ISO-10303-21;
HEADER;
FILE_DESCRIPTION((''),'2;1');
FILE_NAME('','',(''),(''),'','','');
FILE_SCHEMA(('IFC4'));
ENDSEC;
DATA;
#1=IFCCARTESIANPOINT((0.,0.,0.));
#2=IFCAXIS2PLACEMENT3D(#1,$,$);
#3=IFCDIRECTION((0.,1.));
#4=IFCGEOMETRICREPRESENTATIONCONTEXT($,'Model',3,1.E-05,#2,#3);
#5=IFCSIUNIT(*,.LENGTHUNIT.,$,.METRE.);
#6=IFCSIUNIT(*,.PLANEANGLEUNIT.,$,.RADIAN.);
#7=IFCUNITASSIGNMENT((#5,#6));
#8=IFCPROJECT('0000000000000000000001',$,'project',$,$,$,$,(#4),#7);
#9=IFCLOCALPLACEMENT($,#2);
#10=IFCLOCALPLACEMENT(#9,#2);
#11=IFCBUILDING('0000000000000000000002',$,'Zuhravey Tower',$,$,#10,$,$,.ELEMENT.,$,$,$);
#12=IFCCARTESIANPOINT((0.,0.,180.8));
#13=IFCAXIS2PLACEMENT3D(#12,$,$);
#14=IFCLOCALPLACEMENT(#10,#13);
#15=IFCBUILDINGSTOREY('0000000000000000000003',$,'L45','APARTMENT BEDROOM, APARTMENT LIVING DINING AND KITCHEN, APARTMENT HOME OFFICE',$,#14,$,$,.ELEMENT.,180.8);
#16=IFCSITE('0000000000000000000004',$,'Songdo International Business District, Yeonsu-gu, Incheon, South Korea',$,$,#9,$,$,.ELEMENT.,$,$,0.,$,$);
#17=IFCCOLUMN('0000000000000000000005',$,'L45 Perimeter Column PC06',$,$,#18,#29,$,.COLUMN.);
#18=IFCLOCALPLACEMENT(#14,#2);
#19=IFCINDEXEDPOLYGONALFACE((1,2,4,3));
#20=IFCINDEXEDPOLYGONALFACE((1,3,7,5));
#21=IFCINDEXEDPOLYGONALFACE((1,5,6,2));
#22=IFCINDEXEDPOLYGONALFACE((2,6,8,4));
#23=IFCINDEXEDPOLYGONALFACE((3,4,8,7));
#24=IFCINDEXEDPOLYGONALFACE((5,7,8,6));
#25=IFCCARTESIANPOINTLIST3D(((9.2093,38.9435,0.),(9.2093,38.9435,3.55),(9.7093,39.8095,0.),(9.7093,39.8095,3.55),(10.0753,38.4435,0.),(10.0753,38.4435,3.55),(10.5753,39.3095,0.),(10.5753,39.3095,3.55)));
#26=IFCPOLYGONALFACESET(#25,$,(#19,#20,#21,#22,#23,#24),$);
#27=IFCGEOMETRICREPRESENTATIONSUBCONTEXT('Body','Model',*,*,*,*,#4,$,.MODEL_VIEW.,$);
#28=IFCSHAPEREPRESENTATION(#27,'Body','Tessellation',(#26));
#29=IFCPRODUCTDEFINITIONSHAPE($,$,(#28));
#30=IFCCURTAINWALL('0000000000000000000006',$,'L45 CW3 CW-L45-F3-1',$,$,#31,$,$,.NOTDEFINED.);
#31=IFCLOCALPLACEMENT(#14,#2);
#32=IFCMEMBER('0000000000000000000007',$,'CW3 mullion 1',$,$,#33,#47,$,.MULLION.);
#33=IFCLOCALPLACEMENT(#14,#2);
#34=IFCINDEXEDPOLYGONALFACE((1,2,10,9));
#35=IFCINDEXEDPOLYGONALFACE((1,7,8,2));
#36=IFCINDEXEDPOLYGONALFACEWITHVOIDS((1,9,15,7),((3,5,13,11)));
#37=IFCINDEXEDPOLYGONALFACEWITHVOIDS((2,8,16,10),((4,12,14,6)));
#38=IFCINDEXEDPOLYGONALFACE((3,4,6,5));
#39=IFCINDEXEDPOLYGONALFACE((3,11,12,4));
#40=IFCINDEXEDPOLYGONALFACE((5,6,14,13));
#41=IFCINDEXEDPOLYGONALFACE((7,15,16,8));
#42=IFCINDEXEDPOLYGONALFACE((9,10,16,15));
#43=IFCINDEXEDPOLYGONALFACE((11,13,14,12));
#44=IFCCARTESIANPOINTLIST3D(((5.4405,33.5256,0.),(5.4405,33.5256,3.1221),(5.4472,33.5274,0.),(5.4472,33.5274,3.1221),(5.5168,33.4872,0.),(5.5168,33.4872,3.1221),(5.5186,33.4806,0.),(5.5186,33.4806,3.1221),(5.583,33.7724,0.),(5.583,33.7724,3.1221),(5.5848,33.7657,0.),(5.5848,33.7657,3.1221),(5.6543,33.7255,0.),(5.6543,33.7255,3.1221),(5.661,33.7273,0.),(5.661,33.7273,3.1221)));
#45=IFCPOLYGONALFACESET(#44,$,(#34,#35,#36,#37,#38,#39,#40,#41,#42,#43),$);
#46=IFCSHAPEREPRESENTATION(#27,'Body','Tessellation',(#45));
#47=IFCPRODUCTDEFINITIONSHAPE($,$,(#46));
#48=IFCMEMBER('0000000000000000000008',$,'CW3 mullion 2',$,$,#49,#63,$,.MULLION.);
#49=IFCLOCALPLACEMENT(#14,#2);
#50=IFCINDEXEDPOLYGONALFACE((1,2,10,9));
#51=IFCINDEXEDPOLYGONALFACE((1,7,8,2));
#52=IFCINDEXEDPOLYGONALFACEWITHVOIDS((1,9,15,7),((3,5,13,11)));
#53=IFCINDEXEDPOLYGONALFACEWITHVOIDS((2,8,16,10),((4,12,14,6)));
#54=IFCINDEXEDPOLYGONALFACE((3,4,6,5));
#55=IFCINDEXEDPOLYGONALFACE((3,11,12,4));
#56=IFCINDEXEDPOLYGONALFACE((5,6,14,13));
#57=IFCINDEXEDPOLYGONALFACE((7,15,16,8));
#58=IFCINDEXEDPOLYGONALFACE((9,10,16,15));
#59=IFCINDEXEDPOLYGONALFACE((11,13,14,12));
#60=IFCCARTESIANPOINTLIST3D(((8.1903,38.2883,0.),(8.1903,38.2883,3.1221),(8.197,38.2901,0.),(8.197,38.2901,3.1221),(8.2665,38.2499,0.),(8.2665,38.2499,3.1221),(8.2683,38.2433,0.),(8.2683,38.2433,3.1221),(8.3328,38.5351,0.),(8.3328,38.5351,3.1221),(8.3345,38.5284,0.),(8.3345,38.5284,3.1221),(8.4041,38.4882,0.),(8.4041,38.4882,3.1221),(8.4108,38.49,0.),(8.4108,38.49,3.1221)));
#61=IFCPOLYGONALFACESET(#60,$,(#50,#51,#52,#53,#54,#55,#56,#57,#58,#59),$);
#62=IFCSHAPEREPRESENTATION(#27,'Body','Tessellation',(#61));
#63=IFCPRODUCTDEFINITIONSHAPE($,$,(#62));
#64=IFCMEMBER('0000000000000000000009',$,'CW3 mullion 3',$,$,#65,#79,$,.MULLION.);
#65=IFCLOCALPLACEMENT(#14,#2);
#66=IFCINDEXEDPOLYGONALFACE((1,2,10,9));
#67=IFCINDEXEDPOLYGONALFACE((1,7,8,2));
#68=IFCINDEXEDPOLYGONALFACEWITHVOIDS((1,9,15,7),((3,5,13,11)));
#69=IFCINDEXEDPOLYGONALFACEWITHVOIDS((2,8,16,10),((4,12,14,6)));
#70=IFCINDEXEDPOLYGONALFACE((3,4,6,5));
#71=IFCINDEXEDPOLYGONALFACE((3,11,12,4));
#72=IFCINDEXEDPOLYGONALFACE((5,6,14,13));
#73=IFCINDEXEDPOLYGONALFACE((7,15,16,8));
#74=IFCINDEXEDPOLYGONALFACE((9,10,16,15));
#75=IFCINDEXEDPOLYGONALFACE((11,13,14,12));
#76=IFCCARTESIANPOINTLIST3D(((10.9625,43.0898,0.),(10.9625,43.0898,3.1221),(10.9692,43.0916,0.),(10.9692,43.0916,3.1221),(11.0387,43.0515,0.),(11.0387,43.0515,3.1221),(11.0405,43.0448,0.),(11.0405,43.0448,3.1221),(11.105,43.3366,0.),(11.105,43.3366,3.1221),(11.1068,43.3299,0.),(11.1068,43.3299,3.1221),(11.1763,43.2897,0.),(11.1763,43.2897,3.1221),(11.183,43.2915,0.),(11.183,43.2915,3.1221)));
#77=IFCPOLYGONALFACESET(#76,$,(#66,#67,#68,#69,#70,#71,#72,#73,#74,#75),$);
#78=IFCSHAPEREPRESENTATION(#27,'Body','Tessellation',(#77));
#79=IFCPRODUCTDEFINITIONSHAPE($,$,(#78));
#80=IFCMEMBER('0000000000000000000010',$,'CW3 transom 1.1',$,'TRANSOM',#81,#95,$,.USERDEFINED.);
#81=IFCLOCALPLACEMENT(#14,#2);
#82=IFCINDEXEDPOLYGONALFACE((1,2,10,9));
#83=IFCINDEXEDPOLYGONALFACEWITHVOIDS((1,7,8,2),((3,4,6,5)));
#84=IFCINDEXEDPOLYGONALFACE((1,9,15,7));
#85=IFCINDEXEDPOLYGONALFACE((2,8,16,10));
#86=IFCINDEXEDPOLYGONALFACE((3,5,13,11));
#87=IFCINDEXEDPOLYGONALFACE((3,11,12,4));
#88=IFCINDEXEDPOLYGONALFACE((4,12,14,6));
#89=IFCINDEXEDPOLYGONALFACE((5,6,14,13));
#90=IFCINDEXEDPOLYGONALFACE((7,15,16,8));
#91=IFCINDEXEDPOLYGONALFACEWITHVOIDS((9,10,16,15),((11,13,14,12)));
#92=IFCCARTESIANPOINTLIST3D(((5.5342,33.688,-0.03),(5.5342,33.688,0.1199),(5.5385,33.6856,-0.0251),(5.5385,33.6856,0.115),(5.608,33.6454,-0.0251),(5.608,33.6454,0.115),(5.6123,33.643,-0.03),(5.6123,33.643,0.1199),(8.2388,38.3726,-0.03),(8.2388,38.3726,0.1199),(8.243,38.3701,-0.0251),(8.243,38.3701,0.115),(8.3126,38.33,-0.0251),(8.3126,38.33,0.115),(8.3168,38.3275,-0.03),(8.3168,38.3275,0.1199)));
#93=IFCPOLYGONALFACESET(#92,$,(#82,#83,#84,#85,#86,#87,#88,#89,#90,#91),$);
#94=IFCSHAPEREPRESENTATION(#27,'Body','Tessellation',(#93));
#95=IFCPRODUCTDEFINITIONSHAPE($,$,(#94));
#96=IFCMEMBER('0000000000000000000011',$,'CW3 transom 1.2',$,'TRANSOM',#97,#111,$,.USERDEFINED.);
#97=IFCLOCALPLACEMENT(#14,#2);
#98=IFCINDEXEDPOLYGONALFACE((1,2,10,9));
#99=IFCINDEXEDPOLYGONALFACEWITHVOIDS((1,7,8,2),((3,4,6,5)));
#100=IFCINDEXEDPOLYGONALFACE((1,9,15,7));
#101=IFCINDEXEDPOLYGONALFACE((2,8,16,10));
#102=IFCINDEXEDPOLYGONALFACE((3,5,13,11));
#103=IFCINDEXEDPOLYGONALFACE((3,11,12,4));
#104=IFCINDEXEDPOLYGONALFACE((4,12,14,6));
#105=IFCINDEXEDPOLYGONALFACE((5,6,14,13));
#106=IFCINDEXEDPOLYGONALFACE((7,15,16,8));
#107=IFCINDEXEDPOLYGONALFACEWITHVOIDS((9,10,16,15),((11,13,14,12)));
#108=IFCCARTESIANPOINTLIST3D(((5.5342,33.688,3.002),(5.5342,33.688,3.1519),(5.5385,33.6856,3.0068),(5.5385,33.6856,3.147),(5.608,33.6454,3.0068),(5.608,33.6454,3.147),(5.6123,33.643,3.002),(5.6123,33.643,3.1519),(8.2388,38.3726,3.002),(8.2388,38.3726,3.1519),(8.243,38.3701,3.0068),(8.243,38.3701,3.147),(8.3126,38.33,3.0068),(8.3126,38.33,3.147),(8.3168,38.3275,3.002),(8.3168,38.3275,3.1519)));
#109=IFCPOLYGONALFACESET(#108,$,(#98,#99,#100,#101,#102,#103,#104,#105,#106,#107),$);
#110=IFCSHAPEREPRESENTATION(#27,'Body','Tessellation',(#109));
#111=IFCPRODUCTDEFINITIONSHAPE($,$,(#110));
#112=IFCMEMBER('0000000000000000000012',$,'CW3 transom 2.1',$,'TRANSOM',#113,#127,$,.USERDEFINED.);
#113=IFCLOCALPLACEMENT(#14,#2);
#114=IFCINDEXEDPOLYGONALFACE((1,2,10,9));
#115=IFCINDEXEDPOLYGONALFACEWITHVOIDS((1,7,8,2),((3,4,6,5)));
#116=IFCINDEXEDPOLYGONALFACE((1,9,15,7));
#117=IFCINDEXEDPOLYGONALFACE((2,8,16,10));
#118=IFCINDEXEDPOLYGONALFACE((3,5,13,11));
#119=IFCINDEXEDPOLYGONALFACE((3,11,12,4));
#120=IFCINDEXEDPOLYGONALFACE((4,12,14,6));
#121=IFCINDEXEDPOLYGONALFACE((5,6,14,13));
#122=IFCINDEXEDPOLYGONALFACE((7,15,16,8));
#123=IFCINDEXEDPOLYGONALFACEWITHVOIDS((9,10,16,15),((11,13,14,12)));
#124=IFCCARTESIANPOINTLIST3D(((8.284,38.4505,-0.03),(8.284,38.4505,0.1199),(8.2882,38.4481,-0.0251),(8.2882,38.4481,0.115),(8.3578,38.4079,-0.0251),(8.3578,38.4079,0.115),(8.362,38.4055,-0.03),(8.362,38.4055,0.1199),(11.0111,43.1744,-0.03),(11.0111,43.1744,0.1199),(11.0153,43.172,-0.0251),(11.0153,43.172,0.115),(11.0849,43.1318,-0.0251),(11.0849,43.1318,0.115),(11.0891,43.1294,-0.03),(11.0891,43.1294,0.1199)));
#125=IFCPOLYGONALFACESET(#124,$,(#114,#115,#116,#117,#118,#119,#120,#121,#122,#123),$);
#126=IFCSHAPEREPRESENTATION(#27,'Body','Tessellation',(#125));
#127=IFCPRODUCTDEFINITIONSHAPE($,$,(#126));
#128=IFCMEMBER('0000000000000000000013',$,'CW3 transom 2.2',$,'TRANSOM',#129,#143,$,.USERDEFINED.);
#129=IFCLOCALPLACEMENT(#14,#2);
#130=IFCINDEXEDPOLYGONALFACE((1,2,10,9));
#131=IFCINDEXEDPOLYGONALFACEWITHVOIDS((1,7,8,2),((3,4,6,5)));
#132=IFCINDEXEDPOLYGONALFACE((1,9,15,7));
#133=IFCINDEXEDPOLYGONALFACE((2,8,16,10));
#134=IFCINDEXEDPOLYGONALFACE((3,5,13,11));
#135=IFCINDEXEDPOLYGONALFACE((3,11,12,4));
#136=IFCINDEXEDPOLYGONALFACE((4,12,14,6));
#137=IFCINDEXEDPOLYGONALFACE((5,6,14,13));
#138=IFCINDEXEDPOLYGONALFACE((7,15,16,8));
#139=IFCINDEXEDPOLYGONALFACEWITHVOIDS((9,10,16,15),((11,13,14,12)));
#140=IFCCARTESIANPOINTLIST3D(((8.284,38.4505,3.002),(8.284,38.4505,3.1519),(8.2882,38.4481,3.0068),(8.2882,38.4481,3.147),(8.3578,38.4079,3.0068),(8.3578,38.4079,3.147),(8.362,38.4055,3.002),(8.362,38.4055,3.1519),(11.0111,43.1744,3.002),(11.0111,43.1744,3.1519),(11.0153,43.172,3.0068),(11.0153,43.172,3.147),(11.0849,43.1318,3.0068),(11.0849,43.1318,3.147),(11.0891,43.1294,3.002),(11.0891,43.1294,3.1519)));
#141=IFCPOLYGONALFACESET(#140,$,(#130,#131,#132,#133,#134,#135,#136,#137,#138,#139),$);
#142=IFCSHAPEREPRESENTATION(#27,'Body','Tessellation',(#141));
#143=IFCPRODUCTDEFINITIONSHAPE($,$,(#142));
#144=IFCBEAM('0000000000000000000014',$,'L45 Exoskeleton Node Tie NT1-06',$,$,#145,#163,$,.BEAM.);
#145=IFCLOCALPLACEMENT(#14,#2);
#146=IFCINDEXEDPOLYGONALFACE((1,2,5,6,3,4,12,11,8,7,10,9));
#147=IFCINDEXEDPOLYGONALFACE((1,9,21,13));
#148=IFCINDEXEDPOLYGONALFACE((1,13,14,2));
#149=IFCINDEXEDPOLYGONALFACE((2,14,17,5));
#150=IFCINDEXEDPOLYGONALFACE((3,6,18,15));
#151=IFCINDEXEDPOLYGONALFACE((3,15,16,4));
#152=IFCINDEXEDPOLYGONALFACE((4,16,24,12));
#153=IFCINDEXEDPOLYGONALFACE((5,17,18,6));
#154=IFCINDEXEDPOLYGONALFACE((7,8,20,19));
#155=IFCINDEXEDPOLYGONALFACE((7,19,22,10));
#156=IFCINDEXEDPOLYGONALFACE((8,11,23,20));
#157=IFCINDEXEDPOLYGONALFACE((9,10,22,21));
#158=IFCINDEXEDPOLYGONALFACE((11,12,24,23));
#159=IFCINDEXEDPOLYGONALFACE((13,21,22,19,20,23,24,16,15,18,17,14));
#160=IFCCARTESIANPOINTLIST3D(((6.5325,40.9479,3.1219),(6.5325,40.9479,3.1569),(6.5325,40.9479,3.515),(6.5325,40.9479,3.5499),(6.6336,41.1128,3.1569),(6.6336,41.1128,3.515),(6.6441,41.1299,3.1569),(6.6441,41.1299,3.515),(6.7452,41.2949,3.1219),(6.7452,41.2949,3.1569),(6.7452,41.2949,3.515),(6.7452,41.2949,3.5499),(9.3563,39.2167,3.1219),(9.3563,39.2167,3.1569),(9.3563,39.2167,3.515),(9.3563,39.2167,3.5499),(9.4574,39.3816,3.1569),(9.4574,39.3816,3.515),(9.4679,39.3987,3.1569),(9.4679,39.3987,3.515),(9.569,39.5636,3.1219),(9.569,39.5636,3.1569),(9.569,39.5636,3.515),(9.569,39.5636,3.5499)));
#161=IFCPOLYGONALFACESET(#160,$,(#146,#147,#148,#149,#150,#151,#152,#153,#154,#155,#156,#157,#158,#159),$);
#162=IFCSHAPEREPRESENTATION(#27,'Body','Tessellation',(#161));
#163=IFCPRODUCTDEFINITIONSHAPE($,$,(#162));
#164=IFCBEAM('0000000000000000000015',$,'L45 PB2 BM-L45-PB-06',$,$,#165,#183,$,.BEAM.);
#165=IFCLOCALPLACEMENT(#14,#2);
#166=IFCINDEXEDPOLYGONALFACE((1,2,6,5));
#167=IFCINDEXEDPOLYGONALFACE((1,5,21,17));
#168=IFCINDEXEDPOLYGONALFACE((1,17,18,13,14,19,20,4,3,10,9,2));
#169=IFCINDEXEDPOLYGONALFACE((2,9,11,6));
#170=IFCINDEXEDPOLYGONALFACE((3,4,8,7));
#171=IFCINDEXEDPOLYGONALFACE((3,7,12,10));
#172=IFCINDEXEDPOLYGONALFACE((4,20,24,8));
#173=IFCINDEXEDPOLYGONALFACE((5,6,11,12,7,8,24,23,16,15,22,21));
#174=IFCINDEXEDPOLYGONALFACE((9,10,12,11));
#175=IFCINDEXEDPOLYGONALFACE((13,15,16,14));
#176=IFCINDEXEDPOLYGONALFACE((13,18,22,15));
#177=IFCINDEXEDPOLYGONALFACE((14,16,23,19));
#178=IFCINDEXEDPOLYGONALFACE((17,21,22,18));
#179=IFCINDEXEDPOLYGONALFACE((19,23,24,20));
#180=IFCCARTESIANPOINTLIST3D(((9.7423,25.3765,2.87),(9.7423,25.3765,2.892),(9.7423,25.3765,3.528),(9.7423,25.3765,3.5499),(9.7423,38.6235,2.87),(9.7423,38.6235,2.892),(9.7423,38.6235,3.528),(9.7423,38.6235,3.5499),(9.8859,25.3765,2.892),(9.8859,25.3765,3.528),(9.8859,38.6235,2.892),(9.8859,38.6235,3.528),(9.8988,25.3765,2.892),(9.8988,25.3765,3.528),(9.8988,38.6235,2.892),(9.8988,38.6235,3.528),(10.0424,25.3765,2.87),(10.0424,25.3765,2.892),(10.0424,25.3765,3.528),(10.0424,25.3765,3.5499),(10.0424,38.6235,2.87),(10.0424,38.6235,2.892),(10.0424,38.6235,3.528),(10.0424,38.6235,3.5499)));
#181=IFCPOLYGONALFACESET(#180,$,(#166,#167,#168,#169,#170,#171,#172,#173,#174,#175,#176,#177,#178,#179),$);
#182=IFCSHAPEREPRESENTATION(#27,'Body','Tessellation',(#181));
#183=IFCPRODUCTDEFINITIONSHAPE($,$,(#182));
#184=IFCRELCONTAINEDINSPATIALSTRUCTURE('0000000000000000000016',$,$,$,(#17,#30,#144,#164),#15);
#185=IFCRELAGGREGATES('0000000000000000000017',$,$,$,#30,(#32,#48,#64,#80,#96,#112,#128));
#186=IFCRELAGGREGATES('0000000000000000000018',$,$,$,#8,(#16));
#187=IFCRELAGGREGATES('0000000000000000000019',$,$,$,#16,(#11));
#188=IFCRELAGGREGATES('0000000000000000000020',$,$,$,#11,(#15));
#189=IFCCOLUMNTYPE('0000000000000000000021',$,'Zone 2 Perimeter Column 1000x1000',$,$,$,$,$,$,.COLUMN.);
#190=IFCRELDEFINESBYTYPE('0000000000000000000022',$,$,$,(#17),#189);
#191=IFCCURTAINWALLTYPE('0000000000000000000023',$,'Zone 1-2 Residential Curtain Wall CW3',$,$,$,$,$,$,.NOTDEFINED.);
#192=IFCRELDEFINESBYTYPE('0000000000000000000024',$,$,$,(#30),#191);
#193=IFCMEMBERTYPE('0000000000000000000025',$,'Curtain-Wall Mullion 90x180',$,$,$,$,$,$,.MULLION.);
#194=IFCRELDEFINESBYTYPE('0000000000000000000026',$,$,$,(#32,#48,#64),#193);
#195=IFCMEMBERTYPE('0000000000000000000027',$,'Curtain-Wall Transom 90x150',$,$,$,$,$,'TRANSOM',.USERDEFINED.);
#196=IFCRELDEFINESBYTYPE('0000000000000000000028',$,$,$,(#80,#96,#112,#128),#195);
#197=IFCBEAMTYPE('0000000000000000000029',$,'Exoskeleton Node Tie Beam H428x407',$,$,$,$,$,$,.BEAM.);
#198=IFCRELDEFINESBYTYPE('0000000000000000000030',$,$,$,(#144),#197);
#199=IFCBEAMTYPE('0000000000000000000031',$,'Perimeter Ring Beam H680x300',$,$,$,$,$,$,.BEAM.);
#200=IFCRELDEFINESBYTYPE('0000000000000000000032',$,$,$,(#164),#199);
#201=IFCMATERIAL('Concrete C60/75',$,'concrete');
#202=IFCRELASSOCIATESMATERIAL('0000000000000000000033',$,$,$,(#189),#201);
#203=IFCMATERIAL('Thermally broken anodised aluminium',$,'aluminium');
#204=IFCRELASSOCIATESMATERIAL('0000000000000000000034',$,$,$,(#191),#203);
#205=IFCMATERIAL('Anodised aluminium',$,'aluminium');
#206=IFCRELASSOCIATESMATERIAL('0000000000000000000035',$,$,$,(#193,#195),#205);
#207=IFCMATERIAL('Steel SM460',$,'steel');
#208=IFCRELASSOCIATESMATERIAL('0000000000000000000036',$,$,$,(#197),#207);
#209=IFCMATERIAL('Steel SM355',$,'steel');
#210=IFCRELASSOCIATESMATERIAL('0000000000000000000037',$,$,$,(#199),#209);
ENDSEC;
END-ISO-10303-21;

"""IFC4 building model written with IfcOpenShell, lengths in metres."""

from ifc_helpers import new_model, si_unit, direction, frame, origin, origin_2d, place, context, subcontext, project, spatial, rectangle, hollow_rectangle, i_section, extrude, material, material_profile, profile_set, type_object, element, aggregate, save


model = new_model("IFC4")

# Units and contexts
model_context = context("Model", 3, precision=1e-05, world=origin(), true_north=direction((0.0, 1.0)))
body_context = subcontext(model_context, "Body", "Model", "MODEL_VIEW")
ifc_project = project(units=[si_unit("LENGTHUNIT", "METRE"), si_unit("PLANEANGLEUNIT", "RADIAN")], contexts=[model_context])

# Site, building, storey
site_placement = place(None, origin())
site = spatial("IfcSite", under=ifc_project, at=site_placement, Name="Songdo International Business District, Yeonsu-gu, Incheon, South Korea", CompositionType="ELEMENT", RefElevation=0.0)
building_placement = place(site_placement, origin())
building = spatial("IfcBuilding", under=site, at=building_placement, Name="Zuhravey Tower", CompositionType="ELEMENT")
storey_placement = place(building_placement, frame((0.0, 0.0, 180.8)))
storey = spatial("IfcBuildingStorey", under=building, at=storey_placement, Name="L45", Description="APARTMENT BEDROOM, APARTMENT LIVING DINING AND KITCHEN, APARTMENT HOME OFFICE", CompositionType="ELEMENT", Elevation=180.8)

# Column
ifc_material_1 = material(Name="Concrete C60/75", Category="concrete")
ifc_material_profile_1 = material_profile(ifc_material_1, rectangle(XDim=1.0, YDim=1.0, at=origin_2d()), Name="RC-1000x1000")
ifc_profile_set_1 = profile_set([ifc_material_profile_1], Name="Concrete C60/75")
column_type = type_object("IfcColumnType", Name="Zone 2 Perimeter Column 1000x1000", PredefinedType="COLUMN", material=ifc_profile_set_1)
column_placement = place(storey_placement, frame((9.8923, 39.1265, 0.0), z_axis=(0.0, 0.0, 1.0), x_axis=(-0.5, -0.866025, 0.0)))
element("IfcColumn", 1, at=column_placement, inside=storey, type_object=column_type, Name="L45 Perimeter Column PC06", PredefinedType="COLUMN", context=body_context, shape_type="SweptSolid", body=[
    extrude(rectangle(XDim=1.0, YDim=1.0, at=origin_2d()), origin(), (0.0, 0.0, 1.0), 3.55),
])

# Curtain wall, members
ifc_material_2 = material(Name="Thermally broken anodised aluminium", Category="aluminium")
curtain_wall_type = type_object("IfcCurtainWallType", Name="Zone 1-2 Residential Curtain Wall CW3", PredefinedType="NOTDEFINED", material=ifc_material_2)
curtain_wall_placement = place(storey_placement, origin())
curtain_wall = element("IfcCurtainWall", 2, at=curtain_wall_placement, inside=storey, type_object=curtain_wall_type, Name="L45 CW3 CW-L45-F3-1", PredefinedType="NOTDEFINED")
ifc_material_3 = material(Name="Anodised aluminium", Category="aluminium")
ifc_material_profile_2 = material_profile(ifc_material_3, hollow_rectangle(XDim=0.0901, YDim=0.2849, WallThickness=0.0049, at=origin_2d()), Name="ALU-RHS-90x285x5")
ifc_profile_set_2 = profile_set([ifc_material_profile_2], Name="Anodised aluminium")
member_type_1 = type_object("IfcMemberType", Name="Curtain-Wall Mullion 90x180", PredefinedType="MULLION", material=ifc_profile_set_2)
member_1_placement = place(storey_placement, frame((5.5508, 33.6265, 0.0), z_axis=(0.0, 0.0, 1.0), x_axis=(-0.866025, 0.5, 0.0)))
member_1 = element("IfcMember", 3, at=member_1_placement, type_object=member_type_1, Name="CW3 mullion 1", PredefinedType="MULLION", context=body_context, shape_type="SweptSolid", body=[
    extrude(hollow_rectangle(XDim=0.0901, YDim=0.2849, WallThickness=0.0049, at=origin_2d()), origin(), (0.0, 0.0, 1.0), 3.1221),
])
member_2_placement = place(storey_placement, frame((8.3005, 38.3892, 0.0), z_axis=(0.0, 0.0, 1.0), x_axis=(-0.866025, 0.5, 0.0)))
member_2 = element("IfcMember", 4, at=member_2_placement, type_object=member_type_1, Name="CW3 mullion 2", PredefinedType="MULLION", context=body_context, shape_type="SweptSolid", body=[
    extrude(hollow_rectangle(XDim=0.0901, YDim=0.2849, WallThickness=0.0049, at=origin_2d()), origin(), (0.0, 0.0, 1.0), 3.1221),
])
member_3_placement = place(storey_placement, frame((11.0728, 43.1907, 0.0), z_axis=(0.0, 0.0, 1.0), x_axis=(-0.866025, 0.5, 0.0)))
member_3 = element("IfcMember", 5, at=member_3_placement, type_object=member_type_1, Name="CW3 mullion 3", PredefinedType="MULLION", context=body_context, shape_type="SweptSolid", body=[
    extrude(hollow_rectangle(XDim=0.0901, YDim=0.2849, WallThickness=0.0049, at=origin_2d()), origin(), (0.0, 0.0, 1.0), 3.1221),
])
ifc_material_profile_3 = material_profile(ifc_material_3, hollow_rectangle(XDim=0.0901, YDim=0.1499, WallThickness=0.0049, at=origin_2d()), Name="ALU-RHS-90x150x5")
ifc_profile_set_3 = profile_set([ifc_material_profile_3], Name="Anodised aluminium")
member_type_2 = type_object("IfcMemberType", Name="Curtain-Wall Transom 90x150", ElementType="TRANSOM", PredefinedType="USERDEFINED", material=ifc_profile_set_3)
member_4_placement = place(storey_placement, frame((5.5732, 33.6655, 0.0449), z_axis=(0.499993, 0.866029, 0.0), x_axis=(-0.866029, 0.499993, 0.0)))
member_4 = element("IfcMember", 6, at=member_4_placement, type_object=member_type_2, Name="CW3 transom 1.1", ObjectType="TRANSOM", PredefinedType="USERDEFINED", context=body_context, shape_type="SweptSolid", body=[
    extrude(hollow_rectangle(XDim=0.0901, YDim=0.1499, WallThickness=0.0049, at=origin_2d()), origin(), (0.0, 0.0, 1.0), 5.4092),
])
member_5_placement = place(storey_placement, frame((5.5732, 33.6655, 3.0769), z_axis=(0.499993, 0.866029, 0.0), x_axis=(-0.866029, 0.499993, 0.0)))
member_5 = element("IfcMember", 7, at=member_5_placement, type_object=member_type_2, Name="CW3 transom 1.2", ObjectType="TRANSOM", PredefinedType="USERDEFINED", context=body_context, shape_type="SweptSolid", body=[
    extrude(hollow_rectangle(XDim=0.0901, YDim=0.1499, WallThickness=0.0049, at=origin_2d()), origin(), (0.0, 0.0, 1.0), 5.4092),
])
member_6_placement = place(storey_placement, frame((8.323, 38.428, 0.0449), z_axis=(0.499961, 0.866048, 0.0), x_axis=(-0.866048, 0.499961, 0.0)))
member_6 = element("IfcMember", 8, at=member_6_placement, type_object=member_type_2, Name="CW3 transom 2.1", ObjectType="TRANSOM", PredefinedType="USERDEFINED", context=body_context, shape_type="SweptSolid", body=[
    extrude(hollow_rectangle(XDim=0.0901, YDim=0.1499, WallThickness=0.0049, at=origin_2d()), origin(), (0.0, 0.0, 1.0), 5.4546),
])
member_7_placement = place(storey_placement, frame((8.323, 38.428, 3.0769), z_axis=(0.499961, 0.866048, 0.0), x_axis=(-0.866048, 0.499961, 0.0)))
member_7 = element("IfcMember", 9, at=member_7_placement, type_object=member_type_2, Name="CW3 transom 2.2", ObjectType="TRANSOM", PredefinedType="USERDEFINED", context=body_context, shape_type="SweptSolid", body=[
    extrude(hollow_rectangle(XDim=0.0901, YDim=0.1499, WallThickness=0.0049, at=origin_2d()), origin(), (0.0, 0.0, 1.0), 5.4546),
])

# Beams
ifc_material_4 = material(Name="Steel SM460", Category="steel")
ifc_material_profile_4 = material_profile(ifc_material_4, i_section(OverallWidth=0.407, OverallDepth=0.428, WebThickness=0.02, FlangeThickness=0.0349, at=origin_2d()), Name="H-428x407x20x35")
ifc_profile_set_4 = profile_set([ifc_material_profile_4], Name="Steel SM460")
beam_type_1 = type_object("IfcBeamType", Name="Exoskeleton Node Tie Beam H428x407", PredefinedType="BEAM", material=ifc_profile_set_4)
beam_1_placement = place(storey_placement, frame((9.4626, 39.3901, 3.3359), z_axis=(-0.85253, 0.522678, 0.0), x_axis=(-0.522678, -0.85253, 0.0)))
element("IfcBeam", 10, at=beam_1_placement, inside=storey, type_object=beam_type_1, Name="L45 Exoskeleton Node Tie NT1-06", PredefinedType="BEAM", context=body_context, shape_type="SweptSolid", body=[
    extrude(i_section(OverallWidth=0.407, OverallDepth=0.428, WebThickness=0.02, FlangeThickness=0.0349, at=origin_2d()), origin(), (0.0, 0.0, 1.0), 3.3123),
])
ifc_material_5 = material(Name="Steel SM355", Category="steel")
ifc_material_profile_5 = material_profile(ifc_material_5, i_section(OverallWidth=0.3, OverallDepth=0.6799, WebThickness=0.0129, FlangeThickness=0.022, at=origin_2d()), Name="H-680x300x13x22")
ifc_profile_set_5 = profile_set([ifc_material_profile_5], Name="Steel SM355")
beam_type_2 = type_object("IfcBeamType", Name="Perimeter Ring Beam H680x300", PredefinedType="BEAM", material=ifc_profile_set_5)
beam_2_placement = place(storey_placement, frame((9.8923, 38.6235, 3.21), z_axis=(0.0, -1.0, 0.0), x_axis=(1.0, 0.0, 0.0)))
element("IfcBeam", 11, at=beam_2_placement, inside=storey, type_object=beam_type_2, Name="L45 PB2 BM-L45-PB-06", PredefinedType="BEAM", context=body_context, shape_type="SweptSolid", body=[
    extrude(i_section(OverallWidth=0.3, OverallDepth=0.6799, WebThickness=0.0129, FlangeThickness=0.022, at=origin_2d()), origin(), (0.0, 0.0, 1.0), 13.2471),
])

aggregate(curtain_wall, [member_1, member_2, member_3, member_4, member_5, member_6, member_7])

save(model, "model.ifc")
